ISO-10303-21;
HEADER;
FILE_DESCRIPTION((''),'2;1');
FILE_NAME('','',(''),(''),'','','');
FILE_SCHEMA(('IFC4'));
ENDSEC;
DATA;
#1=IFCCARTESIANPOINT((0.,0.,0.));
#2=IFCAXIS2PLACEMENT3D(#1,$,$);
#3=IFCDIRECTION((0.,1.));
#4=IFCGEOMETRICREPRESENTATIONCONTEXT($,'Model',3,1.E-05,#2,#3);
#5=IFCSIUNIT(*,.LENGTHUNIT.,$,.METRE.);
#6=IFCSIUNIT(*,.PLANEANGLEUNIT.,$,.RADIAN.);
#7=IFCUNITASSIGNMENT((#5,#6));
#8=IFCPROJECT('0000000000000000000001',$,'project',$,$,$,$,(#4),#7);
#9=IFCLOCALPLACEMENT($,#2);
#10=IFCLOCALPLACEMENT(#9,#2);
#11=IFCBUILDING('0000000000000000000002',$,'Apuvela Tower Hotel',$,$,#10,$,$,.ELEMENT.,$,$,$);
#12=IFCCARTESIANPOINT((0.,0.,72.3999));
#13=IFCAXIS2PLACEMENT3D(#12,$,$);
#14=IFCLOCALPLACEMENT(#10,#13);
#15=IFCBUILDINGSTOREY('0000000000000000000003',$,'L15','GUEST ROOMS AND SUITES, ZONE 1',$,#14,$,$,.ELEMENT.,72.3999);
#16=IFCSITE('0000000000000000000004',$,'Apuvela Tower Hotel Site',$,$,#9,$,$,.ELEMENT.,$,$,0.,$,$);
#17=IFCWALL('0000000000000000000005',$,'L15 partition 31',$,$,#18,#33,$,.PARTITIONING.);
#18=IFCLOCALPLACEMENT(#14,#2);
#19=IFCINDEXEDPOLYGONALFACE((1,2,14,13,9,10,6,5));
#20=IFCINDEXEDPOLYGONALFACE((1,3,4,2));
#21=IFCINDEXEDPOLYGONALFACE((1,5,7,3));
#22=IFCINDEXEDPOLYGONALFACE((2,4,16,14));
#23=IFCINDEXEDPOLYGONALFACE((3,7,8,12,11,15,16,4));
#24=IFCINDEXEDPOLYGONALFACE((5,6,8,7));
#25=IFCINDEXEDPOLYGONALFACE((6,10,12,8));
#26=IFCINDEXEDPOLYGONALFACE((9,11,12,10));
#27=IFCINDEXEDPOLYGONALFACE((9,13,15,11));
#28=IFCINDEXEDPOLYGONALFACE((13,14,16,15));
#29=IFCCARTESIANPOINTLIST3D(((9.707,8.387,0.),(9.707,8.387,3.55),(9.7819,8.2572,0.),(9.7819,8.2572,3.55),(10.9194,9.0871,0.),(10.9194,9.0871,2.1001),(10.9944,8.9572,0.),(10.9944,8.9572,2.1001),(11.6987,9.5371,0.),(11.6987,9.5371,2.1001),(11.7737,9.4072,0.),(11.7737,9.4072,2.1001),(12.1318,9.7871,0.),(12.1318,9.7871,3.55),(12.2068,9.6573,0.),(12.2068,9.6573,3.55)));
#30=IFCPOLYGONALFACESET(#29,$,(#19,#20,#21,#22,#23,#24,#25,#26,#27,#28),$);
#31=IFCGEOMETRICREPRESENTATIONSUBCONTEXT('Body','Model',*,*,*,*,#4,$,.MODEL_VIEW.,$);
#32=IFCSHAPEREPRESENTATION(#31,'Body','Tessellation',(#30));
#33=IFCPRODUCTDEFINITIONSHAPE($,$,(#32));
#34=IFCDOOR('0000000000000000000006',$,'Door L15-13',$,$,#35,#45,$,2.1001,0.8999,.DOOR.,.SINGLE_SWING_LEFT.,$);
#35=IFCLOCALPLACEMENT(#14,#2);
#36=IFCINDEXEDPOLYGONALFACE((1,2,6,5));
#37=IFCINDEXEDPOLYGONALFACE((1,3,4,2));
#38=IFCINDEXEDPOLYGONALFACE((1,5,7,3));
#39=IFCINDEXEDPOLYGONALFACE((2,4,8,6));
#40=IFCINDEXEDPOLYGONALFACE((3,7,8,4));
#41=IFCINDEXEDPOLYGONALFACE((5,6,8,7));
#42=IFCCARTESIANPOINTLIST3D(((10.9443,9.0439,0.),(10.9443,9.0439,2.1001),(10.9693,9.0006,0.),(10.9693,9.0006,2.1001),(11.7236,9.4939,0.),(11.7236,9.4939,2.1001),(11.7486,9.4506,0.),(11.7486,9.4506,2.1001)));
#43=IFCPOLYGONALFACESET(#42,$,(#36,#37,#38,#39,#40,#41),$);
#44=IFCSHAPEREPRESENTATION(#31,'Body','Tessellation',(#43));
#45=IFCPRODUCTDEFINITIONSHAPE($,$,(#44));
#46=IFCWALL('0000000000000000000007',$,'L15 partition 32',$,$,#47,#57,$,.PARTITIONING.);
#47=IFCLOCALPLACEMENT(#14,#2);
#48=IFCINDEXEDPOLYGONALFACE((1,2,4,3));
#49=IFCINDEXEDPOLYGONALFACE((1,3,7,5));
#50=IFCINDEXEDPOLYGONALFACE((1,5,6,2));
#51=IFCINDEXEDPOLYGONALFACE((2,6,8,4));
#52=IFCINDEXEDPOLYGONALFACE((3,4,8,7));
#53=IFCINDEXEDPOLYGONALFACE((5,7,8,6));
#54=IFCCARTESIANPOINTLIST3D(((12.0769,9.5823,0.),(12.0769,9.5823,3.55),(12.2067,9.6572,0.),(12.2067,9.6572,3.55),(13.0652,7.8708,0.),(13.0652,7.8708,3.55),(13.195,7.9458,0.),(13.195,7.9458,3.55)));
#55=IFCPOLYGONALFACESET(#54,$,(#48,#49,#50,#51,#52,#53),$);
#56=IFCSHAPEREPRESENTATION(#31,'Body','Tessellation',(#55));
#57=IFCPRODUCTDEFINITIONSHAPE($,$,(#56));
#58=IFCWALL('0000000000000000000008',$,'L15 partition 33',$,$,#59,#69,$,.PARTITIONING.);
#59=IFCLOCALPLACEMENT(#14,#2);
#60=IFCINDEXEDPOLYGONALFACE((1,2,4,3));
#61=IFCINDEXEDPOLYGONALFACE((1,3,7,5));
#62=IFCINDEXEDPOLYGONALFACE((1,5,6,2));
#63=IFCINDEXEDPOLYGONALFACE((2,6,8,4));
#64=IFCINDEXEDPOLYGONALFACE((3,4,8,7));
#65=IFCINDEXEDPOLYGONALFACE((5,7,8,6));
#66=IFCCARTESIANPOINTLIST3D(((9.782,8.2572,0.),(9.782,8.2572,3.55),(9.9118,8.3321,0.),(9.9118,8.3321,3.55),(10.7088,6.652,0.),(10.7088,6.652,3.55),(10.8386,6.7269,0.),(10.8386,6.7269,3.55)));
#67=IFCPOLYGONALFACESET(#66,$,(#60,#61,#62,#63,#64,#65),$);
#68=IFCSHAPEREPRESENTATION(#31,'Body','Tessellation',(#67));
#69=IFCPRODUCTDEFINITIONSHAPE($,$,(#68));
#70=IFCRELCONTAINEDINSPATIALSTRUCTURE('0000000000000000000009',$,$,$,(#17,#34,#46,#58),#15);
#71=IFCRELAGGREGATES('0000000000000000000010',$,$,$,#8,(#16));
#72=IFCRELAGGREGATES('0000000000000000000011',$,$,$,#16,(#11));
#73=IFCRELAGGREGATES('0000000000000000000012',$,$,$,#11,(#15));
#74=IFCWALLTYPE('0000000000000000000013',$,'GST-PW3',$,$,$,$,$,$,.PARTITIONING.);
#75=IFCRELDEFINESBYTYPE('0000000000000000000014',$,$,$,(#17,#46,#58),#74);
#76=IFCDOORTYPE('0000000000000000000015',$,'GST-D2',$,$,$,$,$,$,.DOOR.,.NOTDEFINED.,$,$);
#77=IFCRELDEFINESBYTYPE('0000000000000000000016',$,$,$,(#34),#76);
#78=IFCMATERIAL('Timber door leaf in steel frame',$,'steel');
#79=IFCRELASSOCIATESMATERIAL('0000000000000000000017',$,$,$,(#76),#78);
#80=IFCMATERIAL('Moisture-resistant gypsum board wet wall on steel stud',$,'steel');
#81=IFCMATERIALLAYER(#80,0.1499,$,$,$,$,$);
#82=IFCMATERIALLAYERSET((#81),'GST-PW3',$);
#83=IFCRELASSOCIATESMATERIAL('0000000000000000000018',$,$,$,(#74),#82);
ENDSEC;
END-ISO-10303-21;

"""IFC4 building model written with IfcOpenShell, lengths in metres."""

from ifc_helpers import new_model, si_unit, direction, frame, frame_2d, origin, place, context, subcontext, project, spatial, rectangle, extrude, material, layer, layer_set, type_object, element, fill, save


model = new_model("IFC4")

# Units and contexts
model_context = context("Model", 3, precision=1e-05, world=origin(), true_north=direction((0.0, 1.0)))
body_context = subcontext(model_context, "Body", "Model", "MODEL_VIEW")
ifc_project = project(units=[si_unit("LENGTHUNIT", "METRE"), si_unit("PLANEANGLEUNIT", "RADIAN")], contexts=[model_context])

# Site, building, storey
site_placement = place(None, origin())
site = spatial("IfcSite", under=ifc_project, at=site_placement, Name="Apuvela Tower Hotel Site", CompositionType="ELEMENT", RefElevation=0.0)
building_placement = place(site_placement, origin())
building = spatial("IfcBuilding", under=site, at=building_placement, Name="Apuvela Tower Hotel", CompositionType="ELEMENT")
storey_placement = place(building_placement, frame((0.0, 0.0, 72.3999)))
storey = spatial("IfcBuildingStorey", under=building, at=storey_placement, Name="L15", Description="GUEST ROOMS AND SUITES, ZONE 1", CompositionType="ELEMENT", Elevation=72.3999)

# Shared definitions
ifc_material_1 = material(Name="Timber door leaf in steel frame", Category="steel")
door_type_1 = type_object("IfcDoorType", Name="GST-D2", OperationType="NOTDEFINED", PredefinedType="DOOR", material=ifc_material_1)
ifc_material_2 = material(Name="Moisture-resistant gypsum board wet wall on steel stud", Category="steel")
ifc_layer_1 = layer(ifc_material_2, 0.1499)
ifc_layer_set_1 = layer_set([ifc_layer_1], Name="GST-PW3")
wall_type_1 = type_object("IfcWallType", Name="GST-PW3", PredefinedType="PARTITIONING", material=ifc_layer_set_1)

# Wall, opening, door
wall_1_placement = place(storey_placement, frame((12.1692, 9.7222, 0.0), z_axis=(0.0, 0.0, 1.0), x_axis=(-0.865997, -0.50005, 0.0)))
wall_1 = element("IfcWall", 1, at=wall_1_placement, inside=storey, type_object=wall_type_1, Name="L15 partition 31", PredefinedType="PARTITIONING", context=body_context, shape_type="SweptSolid", body=[
    extrude(rectangle(XDim=2.8, YDim=0.1499, at=frame_2d((1.3999, 0.0))), origin(), (0.0, 0.0, 1.0), 3.55),
])
opening_1_placement = place(wall_1_placement, frame((0.5, 0.0, 0.0)))
opening_1 = element("IfcOpeningElement", 2, at=opening_1_placement, cuts=wall_1, PredefinedType="OPENING", context=body_context, shape_type="SweptSolid", body=[
    extrude(rectangle(XDim=0.8999, YDim=2.1001, at=frame_2d((0.45, 1.05))), frame((0.0, 0.085, 0.0), z_axis=(0.0, -1.0, 0.0), x_axis=(1.0, 0.0, 0.0)), (0.0, 0.0, 1.0), 0.1699),
])
door_1_placement = place(opening_1_placement, origin())
door_1 = element("IfcDoor", 3, at=door_1_placement, inside=storey, type_object=door_type_1, Name="Door L15-13", OperationType="SINGLE_SWING_LEFT", OverallHeight=2.1001, OverallWidth=0.8999, PredefinedType="DOOR", context=body_context, shape_type="SweptSolid", body=[
    extrude(rectangle(XDim=0.8999, YDim=2.1001, at=frame_2d((0.45, 1.05))), frame((0.0, 0.0249, 0.0), z_axis=(0.0, -1.0, 0.0), x_axis=(1.0, 0.0, 0.0)), (0.0, 0.0, 1.0), 0.05),
])
fill(opening_1, door_1)

# Walls
wall_2_placement = place(storey_placement, frame((13.1301, 7.9082, 0.0), z_axis=(0.0, 0.0, 1.0), x_axis=(-0.500072, 0.865984, 0.0)))
element("IfcWall", 4, at=wall_2_placement, inside=storey, type_object=wall_type_1, Name="L15 partition 32", PredefinedType="PARTITIONING", context=body_context, shape_type="SweptSolid", body=[
    extrude(rectangle(XDim=1.9763, YDim=0.1499, at=frame_2d((0.9883, 0.0))), origin(), (0.0, 0.0, 1.0), 3.55),
])
wall_3_placement = place(storey_placement, frame((10.7737, 6.6895, 0.0), z_axis=(0.0, 0.0, 1.0), x_axis=(-0.499992, 0.86603, 0.0)))
element("IfcWall", 5, at=wall_3_placement, inside=storey, type_object=wall_type_1, Name="L15 partition 33", PredefinedType="PARTITIONING", context=body_context, shape_type="SweptSolid", body=[
    extrude(rectangle(XDim=1.8535, YDim=0.1499, at=frame_2d((0.9268, 0.0))), origin(), (0.0, 0.0, 1.0), 3.55),
])

save(model, "model.ifc")
